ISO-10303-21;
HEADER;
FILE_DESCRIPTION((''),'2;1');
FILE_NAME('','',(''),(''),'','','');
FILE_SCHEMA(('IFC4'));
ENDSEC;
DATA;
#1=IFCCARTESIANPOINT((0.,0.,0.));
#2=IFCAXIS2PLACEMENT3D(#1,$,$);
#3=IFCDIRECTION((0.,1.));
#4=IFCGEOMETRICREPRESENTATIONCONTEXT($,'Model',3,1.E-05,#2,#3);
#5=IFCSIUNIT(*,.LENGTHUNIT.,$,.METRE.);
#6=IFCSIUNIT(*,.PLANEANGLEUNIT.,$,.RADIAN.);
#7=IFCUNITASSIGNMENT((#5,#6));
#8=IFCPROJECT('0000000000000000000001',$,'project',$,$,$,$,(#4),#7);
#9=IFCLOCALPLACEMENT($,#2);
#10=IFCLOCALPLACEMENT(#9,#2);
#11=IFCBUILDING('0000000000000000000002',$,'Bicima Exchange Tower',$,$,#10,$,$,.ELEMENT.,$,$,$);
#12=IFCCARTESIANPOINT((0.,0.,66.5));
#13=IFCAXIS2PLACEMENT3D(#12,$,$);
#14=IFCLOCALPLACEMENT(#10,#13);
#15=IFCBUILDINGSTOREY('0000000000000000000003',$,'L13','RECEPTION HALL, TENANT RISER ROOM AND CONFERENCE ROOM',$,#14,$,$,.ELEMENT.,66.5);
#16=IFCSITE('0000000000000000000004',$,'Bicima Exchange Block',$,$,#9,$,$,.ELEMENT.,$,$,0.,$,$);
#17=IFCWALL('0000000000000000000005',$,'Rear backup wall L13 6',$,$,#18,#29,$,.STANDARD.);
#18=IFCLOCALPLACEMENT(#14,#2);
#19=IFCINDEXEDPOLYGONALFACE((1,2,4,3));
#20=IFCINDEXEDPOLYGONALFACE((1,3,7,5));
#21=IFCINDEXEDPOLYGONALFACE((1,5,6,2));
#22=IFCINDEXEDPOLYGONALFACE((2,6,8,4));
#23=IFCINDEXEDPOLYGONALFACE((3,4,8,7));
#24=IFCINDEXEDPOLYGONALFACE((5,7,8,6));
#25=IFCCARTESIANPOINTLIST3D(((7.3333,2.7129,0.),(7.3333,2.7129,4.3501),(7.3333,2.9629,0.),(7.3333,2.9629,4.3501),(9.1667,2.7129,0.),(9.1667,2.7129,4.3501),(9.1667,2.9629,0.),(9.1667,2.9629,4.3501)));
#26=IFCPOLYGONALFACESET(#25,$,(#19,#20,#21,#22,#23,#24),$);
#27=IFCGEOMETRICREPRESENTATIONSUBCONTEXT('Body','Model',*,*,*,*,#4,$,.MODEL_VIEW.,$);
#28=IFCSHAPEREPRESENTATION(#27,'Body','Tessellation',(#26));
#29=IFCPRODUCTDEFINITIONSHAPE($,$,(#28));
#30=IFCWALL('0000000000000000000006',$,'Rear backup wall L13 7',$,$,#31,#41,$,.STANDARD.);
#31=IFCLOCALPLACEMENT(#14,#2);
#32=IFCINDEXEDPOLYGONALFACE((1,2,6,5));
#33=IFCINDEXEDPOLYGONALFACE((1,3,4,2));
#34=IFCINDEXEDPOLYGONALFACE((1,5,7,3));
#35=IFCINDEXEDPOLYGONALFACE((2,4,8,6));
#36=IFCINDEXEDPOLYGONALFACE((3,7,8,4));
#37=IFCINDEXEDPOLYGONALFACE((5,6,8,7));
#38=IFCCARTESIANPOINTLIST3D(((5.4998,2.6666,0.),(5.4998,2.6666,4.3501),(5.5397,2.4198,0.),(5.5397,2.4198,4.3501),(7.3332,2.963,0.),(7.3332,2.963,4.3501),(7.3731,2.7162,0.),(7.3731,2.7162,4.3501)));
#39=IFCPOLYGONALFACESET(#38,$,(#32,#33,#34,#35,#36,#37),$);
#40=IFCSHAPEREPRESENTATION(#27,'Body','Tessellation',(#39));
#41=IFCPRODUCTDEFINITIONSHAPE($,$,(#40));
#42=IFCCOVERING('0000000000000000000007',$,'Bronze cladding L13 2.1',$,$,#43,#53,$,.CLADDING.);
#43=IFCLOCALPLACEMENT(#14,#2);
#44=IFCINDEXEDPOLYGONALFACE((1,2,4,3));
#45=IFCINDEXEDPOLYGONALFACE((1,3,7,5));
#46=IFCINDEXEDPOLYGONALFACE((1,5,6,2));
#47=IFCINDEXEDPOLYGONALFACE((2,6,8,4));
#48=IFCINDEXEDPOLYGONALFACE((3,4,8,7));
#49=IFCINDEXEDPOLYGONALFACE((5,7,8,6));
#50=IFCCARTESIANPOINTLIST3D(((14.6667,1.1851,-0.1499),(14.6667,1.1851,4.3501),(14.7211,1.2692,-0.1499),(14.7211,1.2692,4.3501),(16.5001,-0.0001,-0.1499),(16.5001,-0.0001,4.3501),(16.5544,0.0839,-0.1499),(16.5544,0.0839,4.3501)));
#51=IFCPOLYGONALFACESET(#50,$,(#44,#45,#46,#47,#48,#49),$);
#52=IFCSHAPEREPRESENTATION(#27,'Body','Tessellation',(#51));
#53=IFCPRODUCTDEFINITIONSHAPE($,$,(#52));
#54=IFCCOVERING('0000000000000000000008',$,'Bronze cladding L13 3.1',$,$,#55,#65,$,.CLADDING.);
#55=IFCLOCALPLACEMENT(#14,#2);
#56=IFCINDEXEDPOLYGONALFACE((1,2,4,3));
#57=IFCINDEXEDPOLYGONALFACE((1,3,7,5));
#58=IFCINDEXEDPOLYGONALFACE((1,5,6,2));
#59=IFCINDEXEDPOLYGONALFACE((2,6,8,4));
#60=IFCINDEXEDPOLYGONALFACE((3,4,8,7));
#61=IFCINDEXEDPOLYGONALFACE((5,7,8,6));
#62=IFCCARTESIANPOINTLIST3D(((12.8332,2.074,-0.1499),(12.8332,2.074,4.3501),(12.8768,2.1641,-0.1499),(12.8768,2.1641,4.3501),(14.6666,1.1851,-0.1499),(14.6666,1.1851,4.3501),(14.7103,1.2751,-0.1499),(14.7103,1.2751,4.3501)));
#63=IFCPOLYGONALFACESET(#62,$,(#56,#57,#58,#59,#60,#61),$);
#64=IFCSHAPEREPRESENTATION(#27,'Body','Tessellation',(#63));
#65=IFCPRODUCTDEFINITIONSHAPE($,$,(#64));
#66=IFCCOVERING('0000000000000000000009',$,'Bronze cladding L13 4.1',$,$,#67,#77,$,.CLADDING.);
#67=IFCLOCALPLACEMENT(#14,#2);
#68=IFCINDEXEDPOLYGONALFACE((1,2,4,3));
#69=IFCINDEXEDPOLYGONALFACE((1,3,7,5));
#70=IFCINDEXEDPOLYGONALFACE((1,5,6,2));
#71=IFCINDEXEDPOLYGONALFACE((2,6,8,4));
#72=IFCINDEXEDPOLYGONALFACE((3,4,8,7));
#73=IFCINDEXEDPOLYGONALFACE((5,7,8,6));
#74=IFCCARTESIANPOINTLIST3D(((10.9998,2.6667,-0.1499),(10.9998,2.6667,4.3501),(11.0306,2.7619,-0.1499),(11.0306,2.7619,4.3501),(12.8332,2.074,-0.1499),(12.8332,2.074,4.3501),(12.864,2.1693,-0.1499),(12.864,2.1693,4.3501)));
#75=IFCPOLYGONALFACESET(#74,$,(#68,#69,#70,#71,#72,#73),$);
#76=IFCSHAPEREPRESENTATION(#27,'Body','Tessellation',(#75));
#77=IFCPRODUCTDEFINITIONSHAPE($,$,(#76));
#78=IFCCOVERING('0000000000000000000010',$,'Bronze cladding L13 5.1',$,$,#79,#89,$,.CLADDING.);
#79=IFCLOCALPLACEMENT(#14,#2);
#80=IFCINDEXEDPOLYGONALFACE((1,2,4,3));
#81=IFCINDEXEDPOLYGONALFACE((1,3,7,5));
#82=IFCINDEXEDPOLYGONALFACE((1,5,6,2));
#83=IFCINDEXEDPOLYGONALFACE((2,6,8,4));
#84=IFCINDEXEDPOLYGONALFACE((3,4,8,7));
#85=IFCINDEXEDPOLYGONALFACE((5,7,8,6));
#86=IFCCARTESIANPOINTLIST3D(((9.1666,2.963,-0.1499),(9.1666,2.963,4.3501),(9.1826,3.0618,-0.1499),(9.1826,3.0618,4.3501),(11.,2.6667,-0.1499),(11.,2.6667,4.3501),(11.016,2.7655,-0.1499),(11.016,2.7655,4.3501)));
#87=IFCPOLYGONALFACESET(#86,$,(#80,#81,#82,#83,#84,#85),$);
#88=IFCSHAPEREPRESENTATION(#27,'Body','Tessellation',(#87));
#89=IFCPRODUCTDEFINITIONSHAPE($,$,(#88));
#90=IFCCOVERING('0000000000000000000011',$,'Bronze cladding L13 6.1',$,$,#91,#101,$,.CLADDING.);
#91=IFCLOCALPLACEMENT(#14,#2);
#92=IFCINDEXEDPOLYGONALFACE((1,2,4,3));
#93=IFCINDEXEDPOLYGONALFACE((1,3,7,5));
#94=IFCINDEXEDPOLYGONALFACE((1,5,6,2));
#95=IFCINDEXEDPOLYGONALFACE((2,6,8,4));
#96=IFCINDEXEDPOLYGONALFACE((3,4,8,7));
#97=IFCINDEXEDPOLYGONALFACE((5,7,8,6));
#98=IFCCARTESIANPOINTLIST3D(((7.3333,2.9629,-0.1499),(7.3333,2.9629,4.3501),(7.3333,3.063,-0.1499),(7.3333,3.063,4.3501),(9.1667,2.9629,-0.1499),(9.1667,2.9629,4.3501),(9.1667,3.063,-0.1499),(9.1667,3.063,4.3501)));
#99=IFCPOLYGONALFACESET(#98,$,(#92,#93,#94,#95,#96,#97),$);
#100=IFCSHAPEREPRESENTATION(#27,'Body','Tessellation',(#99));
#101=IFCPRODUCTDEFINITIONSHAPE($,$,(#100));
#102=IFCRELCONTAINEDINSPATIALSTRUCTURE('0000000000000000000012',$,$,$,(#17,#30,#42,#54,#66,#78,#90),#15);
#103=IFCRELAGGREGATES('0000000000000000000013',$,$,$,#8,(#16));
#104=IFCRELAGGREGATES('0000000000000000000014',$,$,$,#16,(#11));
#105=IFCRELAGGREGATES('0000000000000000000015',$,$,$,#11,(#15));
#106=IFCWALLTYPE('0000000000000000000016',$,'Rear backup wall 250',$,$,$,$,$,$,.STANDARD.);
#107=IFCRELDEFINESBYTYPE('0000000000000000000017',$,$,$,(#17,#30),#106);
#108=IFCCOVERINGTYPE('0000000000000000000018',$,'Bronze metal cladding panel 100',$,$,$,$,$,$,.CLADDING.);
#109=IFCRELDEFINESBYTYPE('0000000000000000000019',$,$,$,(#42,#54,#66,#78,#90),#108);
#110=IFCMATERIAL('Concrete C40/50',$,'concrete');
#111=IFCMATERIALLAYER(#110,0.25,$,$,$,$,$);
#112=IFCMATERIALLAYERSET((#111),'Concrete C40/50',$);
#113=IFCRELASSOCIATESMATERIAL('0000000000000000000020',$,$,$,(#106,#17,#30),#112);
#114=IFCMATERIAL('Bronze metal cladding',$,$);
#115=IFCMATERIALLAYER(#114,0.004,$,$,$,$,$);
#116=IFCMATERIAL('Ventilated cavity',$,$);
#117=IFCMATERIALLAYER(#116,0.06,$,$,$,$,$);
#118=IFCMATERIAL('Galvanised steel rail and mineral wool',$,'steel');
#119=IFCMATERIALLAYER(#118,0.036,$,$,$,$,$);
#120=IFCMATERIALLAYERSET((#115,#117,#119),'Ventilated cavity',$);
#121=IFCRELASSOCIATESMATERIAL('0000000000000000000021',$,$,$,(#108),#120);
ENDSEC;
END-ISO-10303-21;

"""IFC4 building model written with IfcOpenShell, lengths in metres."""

from ifc_helpers import new_model, si_unit, direction, frame, frame_2d, origin, origin_2d, place, context, subcontext, project, spatial, rectangle, extrude, material, layer, layer_set, layer_usage, type_object, element, save


model = new_model("IFC4")

# Units and contexts
model_context = context("Model", 3, precision=1e-05, world=origin(), true_north=direction((0.0, 1.0)))
body_context = subcontext(model_context, "Body", "Model", "MODEL_VIEW")
ifc_project = project(units=[si_unit("LENGTHUNIT", "METRE"), si_unit("PLANEANGLEUNIT", "RADIAN")], contexts=[model_context])

# Site, building, storey
site_placement = place(None, origin())
site = spatial("IfcSite", under=ifc_project, at=site_placement, Name="Bicima Exchange Block", CompositionType="ELEMENT", RefElevation=0.0)
building_placement = place(site_placement, origin())
building = spatial("IfcBuilding", under=site, at=building_placement, Name="Bicima Exchange Tower", CompositionType="ELEMENT")
storey_placement = place(building_placement, frame((0.0, 0.0, 66.5)))
storey = spatial("IfcBuildingStorey", under=building, at=storey_placement, Name="L13", Description="RECEPTION HALL, TENANT RISER ROOM AND CONFERENCE ROOM", CompositionType="ELEMENT", Elevation=66.5)

# Walls
ifc_material_1 = material(Name="Concrete C40/50", Category="concrete")
ifc_layer_1 = layer(ifc_material_1, 0.25)
ifc_layer_set_1 = layer_set([ifc_layer_1], Name="Concrete C40/50")
ifc_layer_usage = layer_usage(ifc_layer_set_1, "AXIS2", "POSITIVE", -0.125)
wall_type_1 = type_object("IfcWallType", Name="Rear backup wall 250", PredefinedType="STANDARD", material=ifc_layer_set_1)
wall_1_placement = place(storey_placement, frame((9.1667, 2.8379, 0.0), z_axis=(0.0, 0.0, 1.0), x_axis=(-1.0, 0.0, 0.0)))
element("IfcWall", 1, at=wall_1_placement, inside=storey, type_object=wall_type_1, material=ifc_layer_usage, Name="Rear backup wall L13 6", PredefinedType="STANDARD", context=body_context, shape_type="SweptSolid", body=[
    extrude(rectangle(XDim=1.8335, YDim=0.25, at=frame_2d((0.9167, 0.0))), origin(), (0.0, 0.0, 1.0), 4.3501),
])
wall_2_placement = place(storey_placement, frame((7.3533, 2.8396, 0.0), z_axis=(0.0, 0.0, 1.0), x_axis=(-0.987182, -0.1596, 0.0)))
element("IfcWall", 2, at=wall_2_placement, inside=storey, type_object=wall_type_1, material=ifc_layer_usage, Name="Rear backup wall L13 7", PredefinedType="STANDARD", context=body_context, shape_type="SweptSolid", body=[
    extrude(rectangle(XDim=1.8572, YDim=0.25, at=frame_2d((0.9287, 0.0))), origin(), (0.0, 0.0, 1.0), 4.3501),
])

# Coverings
ifc_material_2 = material(Name="Bronze metal cladding")
ifc_layer_2 = layer(ifc_material_2, 0.004)
ifc_material_3 = material(Name="Ventilated cavity")
ifc_layer_3 = layer(ifc_material_3, 0.06)
ifc_material_4 = material(Name="Galvanised steel rail and mineral wool", Category="steel")
ifc_layer_4 = layer(ifc_material_4, 0.036)
ifc_layer_set_2 = layer_set([ifc_layer_2, ifc_layer_3, ifc_layer_4], Name="Ventilated cavity")
covering_type = type_object("IfcCoveringType", Name="Bronze metal cladding panel 100", PredefinedType="CLADDING", material=ifc_layer_set_2)
covering_1_placement = place(storey_placement, frame((15.6106, 0.6345, -0.1499), z_axis=(0.0, 0.0, 1.0), x_axis=(-0.83979, 0.542911, 0.0)))
element("IfcCovering", 3, at=covering_1_placement, inside=storey, type_object=covering_type, Name="Bronze cladding L13 2.1", PredefinedType="CLADDING", context=body_context, shape_type="SweptSolid", body=[
    extrude(rectangle(XDim=2.1831, YDim=0.1001, at=origin_2d()), origin(), (0.0, 0.0, 1.0), 4.5),
])
covering_2_placement = place(storey_placement, frame((13.7717, 1.6746, -0.1499), z_axis=(0.0, 0.0, 1.0), x_axis=(-0.899818, 0.436265, 0.0)))
element("IfcCovering", 4, at=covering_2_placement, inside=storey, type_object=covering_type, Name="Bronze cladding L13 3.1", PredefinedType="CLADDING", context=body_context, shape_type="SweptSolid", body=[
    extrude(rectangle(XDim=2.0376, YDim=0.1001, at=origin_2d()), origin(), (0.0, 0.0, 1.0), 4.5),
])
covering_3_placement = place(storey_placement, frame((11.9319, 2.418, -0.1499), z_axis=(0.0, 0.0, 1.0), x_axis=(-0.951525, 0.307573, 0.0)))
element("IfcCovering", 5, at=covering_3_placement, inside=storey, type_object=covering_type, Name="Bronze cladding L13 4.1", PredefinedType="CLADDING", context=body_context, shape_type="SweptSolid", body=[
    extrude(rectangle(XDim=1.9268, YDim=0.1001, at=origin_2d()), origin(), (0.0, 0.0, 1.0), 4.5),
])
covering_4_placement = place(storey_placement, frame((10.0913, 2.8643, -0.1499), z_axis=(0.0, 0.0, 1.0), x_axis=(-0.98719, 0.15955, 0.0)))
element("IfcCovering", 6, at=covering_4_placement, inside=storey, type_object=covering_type, Name="Bronze cladding L13 5.1", PredefinedType="CLADDING", context=body_context, shape_type="SweptSolid", body=[
    extrude(rectangle(XDim=1.8572, YDim=0.1001, at=origin_2d()), origin(), (0.0, 0.0, 1.0), 4.5),
])
covering_5_placement = place(storey_placement, frame((8.25, 3.0129, -0.1499), z_axis=(0.0, 0.0, 1.0), x_axis=(-1.0, 0.0, 0.0)))
element("IfcCovering", 7, at=covering_5_placement, inside=storey, type_object=covering_type, Name="Bronze cladding L13 6.1", PredefinedType="CLADDING", context=body_context, shape_type="SweptSolid", body=[
    extrude(rectangle(XDim=1.8335, YDim=0.1001, at=origin_2d()), origin(), (0.0, 0.0, 1.0), 4.5),
])

save(model, "model.ifc")
